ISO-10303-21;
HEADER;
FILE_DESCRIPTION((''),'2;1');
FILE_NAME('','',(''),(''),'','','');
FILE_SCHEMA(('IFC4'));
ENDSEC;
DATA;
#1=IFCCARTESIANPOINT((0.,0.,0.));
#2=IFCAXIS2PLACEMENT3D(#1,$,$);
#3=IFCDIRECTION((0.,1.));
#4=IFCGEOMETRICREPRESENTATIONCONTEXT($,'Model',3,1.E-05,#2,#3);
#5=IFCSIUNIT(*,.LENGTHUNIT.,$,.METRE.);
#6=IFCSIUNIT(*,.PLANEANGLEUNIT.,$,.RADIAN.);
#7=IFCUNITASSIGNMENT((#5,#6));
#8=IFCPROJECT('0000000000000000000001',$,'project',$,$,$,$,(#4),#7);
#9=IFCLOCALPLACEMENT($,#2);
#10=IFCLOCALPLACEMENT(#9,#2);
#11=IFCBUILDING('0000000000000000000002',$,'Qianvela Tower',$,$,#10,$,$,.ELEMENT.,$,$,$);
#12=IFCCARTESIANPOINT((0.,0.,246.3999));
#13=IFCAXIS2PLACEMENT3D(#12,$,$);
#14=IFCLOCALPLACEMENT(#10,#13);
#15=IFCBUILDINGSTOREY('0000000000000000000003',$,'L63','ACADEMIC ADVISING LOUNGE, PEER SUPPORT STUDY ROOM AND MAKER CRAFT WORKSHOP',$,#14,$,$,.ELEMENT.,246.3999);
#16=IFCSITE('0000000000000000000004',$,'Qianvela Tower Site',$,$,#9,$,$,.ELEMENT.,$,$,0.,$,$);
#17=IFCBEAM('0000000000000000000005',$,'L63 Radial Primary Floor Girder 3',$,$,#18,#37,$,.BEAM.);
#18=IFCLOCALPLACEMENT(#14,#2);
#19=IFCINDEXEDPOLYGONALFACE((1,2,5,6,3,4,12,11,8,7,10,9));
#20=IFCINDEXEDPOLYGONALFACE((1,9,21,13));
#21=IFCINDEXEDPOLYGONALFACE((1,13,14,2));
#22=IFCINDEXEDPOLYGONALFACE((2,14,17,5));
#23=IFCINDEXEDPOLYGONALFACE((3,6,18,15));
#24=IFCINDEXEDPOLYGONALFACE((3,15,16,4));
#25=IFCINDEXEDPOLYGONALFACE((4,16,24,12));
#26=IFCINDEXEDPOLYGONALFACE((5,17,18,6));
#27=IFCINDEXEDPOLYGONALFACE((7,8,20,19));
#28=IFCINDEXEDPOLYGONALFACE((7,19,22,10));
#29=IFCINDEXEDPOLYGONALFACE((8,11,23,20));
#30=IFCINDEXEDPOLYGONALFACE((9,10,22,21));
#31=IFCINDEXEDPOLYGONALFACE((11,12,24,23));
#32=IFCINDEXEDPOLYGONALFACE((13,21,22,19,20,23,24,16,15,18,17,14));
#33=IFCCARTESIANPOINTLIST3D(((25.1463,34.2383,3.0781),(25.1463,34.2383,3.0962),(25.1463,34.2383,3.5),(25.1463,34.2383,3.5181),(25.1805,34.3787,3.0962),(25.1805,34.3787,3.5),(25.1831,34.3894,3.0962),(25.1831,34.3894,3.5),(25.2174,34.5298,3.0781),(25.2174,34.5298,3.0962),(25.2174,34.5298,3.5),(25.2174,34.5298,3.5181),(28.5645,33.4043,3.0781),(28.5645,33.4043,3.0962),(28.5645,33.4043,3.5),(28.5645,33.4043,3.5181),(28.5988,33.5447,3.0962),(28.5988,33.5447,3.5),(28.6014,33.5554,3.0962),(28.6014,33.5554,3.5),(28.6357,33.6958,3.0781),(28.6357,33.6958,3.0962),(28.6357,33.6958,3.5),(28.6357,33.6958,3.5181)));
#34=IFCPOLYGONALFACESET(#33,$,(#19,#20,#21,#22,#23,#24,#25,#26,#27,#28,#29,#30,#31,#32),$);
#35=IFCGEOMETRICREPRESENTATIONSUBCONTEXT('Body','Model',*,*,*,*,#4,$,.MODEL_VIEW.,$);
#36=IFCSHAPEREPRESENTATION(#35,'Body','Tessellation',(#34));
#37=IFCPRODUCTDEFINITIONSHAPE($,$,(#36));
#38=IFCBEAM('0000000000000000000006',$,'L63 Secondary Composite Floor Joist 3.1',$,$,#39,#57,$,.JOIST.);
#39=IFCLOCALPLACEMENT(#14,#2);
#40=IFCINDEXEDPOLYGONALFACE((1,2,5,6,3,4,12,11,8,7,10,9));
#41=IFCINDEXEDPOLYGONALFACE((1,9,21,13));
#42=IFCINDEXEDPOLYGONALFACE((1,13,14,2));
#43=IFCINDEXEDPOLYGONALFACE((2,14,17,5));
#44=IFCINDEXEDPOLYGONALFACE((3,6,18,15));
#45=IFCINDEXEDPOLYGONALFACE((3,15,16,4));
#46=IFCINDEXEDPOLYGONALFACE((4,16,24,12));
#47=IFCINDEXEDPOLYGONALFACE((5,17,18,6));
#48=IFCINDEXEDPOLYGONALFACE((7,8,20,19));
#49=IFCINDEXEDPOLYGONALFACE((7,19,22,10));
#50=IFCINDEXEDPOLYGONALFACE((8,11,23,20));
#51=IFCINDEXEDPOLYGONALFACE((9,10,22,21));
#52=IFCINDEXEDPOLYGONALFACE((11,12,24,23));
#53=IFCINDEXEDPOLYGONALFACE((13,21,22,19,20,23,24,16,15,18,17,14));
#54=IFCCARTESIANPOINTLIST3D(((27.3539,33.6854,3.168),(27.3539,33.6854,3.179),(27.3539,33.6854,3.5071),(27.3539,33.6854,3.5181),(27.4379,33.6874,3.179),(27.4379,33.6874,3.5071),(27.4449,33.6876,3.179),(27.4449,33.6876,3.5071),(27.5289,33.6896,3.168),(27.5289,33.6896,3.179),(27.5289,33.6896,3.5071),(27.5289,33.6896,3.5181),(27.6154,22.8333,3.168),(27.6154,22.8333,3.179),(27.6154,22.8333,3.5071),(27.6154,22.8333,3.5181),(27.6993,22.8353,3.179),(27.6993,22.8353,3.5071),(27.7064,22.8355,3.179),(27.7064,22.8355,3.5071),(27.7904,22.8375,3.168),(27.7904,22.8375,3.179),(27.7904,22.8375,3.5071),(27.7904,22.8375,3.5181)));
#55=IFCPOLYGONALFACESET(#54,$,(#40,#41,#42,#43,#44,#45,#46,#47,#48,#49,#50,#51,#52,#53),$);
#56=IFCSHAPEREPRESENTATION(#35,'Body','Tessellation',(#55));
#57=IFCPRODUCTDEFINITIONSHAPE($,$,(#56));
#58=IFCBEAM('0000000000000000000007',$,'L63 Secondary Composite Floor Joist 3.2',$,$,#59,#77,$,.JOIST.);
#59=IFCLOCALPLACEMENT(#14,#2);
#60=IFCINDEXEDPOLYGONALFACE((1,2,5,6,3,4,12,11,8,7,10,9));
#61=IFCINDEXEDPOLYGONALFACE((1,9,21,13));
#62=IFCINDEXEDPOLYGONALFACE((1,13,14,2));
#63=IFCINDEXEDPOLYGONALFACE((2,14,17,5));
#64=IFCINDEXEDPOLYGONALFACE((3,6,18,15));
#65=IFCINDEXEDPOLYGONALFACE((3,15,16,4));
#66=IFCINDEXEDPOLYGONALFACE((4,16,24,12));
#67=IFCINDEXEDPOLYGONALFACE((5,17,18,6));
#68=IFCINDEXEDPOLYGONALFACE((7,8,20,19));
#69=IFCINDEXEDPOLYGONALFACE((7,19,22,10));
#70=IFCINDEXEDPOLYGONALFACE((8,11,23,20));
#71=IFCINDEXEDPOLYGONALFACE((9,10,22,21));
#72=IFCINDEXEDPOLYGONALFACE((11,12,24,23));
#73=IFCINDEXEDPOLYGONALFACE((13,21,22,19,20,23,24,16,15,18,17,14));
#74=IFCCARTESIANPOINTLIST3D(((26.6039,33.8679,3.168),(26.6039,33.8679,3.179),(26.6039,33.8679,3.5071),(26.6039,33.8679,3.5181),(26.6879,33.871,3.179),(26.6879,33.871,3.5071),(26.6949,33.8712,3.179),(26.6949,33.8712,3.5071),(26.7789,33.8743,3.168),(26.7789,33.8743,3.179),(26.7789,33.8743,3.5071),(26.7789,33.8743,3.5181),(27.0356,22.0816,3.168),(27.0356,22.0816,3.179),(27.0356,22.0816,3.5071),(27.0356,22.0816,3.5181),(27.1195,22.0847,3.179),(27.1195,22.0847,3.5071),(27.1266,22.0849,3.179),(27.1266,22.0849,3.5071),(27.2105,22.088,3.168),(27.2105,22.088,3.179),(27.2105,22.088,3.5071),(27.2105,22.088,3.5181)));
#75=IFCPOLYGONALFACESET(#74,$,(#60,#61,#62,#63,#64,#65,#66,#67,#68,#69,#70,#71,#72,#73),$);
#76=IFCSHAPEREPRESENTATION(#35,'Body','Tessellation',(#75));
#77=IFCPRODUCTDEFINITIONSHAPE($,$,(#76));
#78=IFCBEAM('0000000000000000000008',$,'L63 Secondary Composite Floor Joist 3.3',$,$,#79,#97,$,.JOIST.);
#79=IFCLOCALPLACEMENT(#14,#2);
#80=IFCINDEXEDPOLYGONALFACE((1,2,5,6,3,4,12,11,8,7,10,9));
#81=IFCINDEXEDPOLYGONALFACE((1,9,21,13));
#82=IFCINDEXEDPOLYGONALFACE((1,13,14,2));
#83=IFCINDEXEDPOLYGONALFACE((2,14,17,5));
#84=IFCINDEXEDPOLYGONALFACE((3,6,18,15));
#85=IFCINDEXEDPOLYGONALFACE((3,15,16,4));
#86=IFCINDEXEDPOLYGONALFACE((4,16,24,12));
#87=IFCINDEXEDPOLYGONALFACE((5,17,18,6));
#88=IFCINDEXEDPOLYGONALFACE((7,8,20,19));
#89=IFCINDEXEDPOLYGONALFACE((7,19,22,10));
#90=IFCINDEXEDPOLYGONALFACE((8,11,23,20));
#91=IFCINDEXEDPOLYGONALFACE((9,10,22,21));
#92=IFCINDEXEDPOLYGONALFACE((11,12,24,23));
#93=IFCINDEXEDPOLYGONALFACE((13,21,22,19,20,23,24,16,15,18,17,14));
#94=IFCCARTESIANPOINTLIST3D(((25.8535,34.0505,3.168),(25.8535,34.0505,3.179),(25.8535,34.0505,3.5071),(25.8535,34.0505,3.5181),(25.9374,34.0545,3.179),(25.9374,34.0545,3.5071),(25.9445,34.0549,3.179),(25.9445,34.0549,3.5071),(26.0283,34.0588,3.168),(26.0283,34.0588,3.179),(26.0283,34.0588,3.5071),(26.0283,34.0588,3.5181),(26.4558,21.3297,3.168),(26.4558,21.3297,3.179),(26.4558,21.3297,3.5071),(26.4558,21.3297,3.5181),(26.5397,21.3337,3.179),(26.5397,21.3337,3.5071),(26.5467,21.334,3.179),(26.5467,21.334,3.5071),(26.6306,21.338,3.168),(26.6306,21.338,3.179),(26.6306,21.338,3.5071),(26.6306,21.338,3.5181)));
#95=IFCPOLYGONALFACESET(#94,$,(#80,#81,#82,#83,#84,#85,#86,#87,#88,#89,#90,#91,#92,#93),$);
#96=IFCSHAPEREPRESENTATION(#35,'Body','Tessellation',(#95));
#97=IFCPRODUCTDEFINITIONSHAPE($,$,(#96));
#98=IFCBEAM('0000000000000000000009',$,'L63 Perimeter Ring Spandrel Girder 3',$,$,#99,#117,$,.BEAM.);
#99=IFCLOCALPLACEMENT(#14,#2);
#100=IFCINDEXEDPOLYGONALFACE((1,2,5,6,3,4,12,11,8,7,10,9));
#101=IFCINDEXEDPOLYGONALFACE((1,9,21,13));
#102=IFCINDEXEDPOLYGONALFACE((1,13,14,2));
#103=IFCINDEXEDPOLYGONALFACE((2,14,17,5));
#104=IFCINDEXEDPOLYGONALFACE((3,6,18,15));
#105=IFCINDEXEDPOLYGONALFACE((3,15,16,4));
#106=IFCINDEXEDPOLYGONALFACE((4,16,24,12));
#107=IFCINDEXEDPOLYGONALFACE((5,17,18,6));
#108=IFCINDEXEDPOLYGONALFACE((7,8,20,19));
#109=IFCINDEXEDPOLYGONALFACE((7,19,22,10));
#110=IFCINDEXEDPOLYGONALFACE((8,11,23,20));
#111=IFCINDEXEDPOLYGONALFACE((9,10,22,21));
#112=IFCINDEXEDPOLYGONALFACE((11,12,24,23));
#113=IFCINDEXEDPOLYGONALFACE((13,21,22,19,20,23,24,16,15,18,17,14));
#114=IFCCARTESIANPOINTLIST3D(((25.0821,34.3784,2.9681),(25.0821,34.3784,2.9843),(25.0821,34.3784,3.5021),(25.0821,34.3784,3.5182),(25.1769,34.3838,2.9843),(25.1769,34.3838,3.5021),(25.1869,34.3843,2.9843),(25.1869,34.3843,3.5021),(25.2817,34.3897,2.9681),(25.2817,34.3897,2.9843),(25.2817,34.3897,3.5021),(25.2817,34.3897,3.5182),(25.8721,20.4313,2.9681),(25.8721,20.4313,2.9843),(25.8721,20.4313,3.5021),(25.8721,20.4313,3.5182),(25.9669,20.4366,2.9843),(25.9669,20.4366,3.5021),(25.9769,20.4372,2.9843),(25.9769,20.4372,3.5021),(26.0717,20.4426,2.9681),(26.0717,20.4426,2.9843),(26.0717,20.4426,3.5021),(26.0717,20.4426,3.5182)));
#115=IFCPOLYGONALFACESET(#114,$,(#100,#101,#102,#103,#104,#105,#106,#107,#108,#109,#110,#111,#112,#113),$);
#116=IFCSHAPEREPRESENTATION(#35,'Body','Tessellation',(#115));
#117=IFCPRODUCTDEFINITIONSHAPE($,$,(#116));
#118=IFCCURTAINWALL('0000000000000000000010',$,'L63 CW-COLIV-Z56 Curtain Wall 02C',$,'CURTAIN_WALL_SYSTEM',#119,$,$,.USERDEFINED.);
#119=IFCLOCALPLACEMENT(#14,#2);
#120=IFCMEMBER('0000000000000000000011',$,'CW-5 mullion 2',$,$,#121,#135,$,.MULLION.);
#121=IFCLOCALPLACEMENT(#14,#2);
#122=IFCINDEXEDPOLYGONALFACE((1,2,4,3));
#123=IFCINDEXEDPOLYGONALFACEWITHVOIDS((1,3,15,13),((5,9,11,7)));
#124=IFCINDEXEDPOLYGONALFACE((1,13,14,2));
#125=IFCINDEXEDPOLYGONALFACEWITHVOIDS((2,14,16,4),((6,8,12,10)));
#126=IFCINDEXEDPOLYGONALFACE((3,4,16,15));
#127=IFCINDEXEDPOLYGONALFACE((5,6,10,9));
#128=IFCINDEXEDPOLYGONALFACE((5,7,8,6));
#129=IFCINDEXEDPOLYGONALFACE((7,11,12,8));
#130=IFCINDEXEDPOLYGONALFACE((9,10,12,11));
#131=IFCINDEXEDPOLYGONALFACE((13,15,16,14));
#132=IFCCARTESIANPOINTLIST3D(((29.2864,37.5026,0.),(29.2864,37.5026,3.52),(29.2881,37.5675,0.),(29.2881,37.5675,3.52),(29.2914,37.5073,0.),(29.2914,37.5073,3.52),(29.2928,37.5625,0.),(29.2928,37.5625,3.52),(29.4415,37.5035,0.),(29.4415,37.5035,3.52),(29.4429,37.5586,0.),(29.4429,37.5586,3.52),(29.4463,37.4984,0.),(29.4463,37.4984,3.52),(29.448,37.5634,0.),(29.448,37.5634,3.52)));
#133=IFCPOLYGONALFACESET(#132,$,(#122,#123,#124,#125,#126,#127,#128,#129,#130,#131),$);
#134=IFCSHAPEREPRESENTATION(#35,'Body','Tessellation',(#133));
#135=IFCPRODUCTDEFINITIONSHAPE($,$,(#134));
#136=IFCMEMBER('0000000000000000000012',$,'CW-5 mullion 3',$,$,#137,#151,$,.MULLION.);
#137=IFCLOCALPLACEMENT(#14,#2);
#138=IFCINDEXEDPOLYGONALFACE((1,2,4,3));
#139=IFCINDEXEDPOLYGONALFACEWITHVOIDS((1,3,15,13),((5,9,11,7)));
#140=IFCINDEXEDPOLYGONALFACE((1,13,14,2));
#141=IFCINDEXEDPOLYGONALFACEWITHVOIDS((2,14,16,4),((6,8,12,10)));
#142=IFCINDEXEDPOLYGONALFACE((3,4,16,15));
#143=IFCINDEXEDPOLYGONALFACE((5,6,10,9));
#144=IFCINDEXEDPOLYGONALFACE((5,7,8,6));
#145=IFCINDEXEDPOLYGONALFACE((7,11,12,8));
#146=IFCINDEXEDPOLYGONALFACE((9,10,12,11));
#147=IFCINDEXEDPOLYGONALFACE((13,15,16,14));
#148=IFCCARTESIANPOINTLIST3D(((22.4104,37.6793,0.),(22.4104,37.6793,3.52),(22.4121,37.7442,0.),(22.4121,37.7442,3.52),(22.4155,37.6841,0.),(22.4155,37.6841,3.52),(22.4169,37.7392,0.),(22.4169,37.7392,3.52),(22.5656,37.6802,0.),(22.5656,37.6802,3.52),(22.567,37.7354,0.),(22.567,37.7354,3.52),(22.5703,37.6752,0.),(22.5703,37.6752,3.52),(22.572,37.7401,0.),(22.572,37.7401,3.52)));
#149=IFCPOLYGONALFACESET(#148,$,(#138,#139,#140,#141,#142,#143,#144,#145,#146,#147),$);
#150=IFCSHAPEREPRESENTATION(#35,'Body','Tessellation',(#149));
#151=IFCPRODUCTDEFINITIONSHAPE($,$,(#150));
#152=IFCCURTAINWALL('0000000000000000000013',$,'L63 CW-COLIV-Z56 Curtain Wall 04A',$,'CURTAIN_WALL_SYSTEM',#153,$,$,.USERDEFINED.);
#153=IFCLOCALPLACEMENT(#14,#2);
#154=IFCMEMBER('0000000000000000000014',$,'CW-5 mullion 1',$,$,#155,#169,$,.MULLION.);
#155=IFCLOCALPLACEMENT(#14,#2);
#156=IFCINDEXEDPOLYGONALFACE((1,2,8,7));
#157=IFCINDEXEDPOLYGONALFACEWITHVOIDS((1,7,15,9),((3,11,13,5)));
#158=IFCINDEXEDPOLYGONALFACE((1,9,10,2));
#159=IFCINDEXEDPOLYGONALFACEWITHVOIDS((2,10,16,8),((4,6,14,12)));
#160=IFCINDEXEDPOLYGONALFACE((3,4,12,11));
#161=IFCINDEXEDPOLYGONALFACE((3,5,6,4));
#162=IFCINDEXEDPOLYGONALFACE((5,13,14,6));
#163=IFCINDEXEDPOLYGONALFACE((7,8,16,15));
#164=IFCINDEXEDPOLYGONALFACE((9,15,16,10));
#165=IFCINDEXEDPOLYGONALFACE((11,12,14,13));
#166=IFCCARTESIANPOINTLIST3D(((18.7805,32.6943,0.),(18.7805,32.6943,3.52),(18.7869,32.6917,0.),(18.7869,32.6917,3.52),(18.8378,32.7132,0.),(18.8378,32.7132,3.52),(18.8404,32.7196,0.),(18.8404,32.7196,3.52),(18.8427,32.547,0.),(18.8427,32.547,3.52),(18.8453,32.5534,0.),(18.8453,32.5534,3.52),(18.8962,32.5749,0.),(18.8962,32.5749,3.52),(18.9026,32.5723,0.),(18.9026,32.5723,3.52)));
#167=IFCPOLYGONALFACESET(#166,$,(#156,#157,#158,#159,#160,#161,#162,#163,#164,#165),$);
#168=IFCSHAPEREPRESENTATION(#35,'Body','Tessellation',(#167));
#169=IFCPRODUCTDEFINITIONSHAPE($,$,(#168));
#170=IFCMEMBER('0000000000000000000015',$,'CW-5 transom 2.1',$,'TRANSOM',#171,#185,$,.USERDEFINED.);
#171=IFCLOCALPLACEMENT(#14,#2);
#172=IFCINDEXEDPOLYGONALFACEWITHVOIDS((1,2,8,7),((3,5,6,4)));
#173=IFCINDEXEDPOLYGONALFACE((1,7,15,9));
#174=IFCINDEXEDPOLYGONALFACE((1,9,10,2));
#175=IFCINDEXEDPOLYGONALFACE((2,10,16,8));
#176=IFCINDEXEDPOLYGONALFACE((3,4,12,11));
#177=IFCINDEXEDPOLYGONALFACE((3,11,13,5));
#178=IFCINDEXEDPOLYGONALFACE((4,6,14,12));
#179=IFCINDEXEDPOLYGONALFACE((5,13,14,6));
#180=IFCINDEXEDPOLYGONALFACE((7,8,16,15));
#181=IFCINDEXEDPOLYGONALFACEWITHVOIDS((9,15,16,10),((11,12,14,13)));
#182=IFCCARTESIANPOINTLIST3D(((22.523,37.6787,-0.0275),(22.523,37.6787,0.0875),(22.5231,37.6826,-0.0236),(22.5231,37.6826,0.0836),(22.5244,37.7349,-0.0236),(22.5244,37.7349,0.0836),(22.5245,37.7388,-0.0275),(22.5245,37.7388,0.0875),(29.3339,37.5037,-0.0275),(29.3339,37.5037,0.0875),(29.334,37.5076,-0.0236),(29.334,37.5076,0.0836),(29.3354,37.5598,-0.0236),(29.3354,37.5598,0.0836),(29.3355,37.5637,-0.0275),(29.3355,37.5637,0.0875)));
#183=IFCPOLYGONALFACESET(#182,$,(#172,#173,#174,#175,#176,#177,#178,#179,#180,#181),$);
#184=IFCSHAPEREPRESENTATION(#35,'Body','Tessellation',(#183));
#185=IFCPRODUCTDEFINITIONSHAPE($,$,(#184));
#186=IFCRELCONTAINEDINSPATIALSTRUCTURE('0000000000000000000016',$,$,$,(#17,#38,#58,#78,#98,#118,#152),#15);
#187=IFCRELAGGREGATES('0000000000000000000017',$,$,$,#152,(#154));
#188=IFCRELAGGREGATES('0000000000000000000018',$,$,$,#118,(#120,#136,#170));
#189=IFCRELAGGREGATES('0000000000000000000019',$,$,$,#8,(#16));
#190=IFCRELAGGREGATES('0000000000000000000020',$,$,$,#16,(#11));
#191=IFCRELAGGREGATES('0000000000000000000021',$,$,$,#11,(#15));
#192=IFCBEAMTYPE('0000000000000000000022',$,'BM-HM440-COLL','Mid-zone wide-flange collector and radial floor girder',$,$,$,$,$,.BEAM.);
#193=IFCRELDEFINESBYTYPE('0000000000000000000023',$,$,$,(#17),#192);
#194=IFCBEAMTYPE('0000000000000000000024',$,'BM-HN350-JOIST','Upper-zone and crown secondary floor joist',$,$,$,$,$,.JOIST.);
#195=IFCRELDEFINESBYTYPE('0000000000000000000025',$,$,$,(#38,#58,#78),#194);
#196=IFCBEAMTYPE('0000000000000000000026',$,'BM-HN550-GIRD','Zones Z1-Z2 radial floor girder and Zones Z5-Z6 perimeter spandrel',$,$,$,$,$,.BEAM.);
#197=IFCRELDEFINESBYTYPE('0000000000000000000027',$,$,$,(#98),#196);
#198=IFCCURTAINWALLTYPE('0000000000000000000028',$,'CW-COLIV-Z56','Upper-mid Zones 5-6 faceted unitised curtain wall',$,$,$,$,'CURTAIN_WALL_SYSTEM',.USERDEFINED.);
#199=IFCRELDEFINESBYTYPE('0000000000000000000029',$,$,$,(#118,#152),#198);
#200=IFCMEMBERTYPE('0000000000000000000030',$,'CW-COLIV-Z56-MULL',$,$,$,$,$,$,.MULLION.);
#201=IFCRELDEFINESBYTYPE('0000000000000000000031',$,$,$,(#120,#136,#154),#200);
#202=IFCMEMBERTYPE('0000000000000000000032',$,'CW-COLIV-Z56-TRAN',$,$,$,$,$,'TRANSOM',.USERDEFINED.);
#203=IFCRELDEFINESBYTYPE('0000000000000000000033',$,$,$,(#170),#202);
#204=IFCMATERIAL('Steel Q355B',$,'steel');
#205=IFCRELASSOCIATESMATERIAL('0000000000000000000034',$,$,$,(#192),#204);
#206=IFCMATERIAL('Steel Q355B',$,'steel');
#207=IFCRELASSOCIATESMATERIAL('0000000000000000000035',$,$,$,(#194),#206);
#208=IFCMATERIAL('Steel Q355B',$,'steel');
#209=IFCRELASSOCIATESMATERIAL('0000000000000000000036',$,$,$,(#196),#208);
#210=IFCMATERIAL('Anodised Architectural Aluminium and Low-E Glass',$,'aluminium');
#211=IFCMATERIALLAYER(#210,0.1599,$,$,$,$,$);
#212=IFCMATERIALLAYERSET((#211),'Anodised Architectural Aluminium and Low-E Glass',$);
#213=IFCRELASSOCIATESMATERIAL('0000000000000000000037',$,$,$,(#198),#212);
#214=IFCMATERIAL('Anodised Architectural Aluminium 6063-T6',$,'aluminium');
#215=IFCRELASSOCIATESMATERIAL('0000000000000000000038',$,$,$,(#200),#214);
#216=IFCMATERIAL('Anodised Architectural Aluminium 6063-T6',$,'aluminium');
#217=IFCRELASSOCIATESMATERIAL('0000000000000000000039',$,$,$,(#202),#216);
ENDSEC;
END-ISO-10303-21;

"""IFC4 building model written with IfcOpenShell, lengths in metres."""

from ifc_helpers import new_model, si_unit, direction, frame, origin, origin_2d, place, context, subcontext, project, spatial, hollow_rectangle, i_section, extrude, material, layer, layer_set, material_profile, profile_set, type_object, element, aggregate, save


model = new_model("IFC4")

# Units and contexts
model_context = context("Model", 3, precision=1e-05, world=origin(), true_north=direction((0.0, 1.0)))
body_context = subcontext(model_context, "Body", "Model", "MODEL_VIEW")
ifc_project = project(units=[si_unit("LENGTHUNIT", "METRE"), si_unit("PLANEANGLEUNIT", "RADIAN")], contexts=[model_context])

# Site, building, storey
site_placement = place(None, origin())
site = spatial("IfcSite", under=ifc_project, at=site_placement, Name="Qianvela Tower Site", CompositionType="ELEMENT", RefElevation=0.0)
building_placement = place(site_placement, origin())
building = spatial("IfcBuilding", under=site, at=building_placement, Name="Qianvela Tower", CompositionType="ELEMENT")
storey_placement = place(building_placement, frame((0.0, 0.0, 246.3999)))
storey = spatial("IfcBuildingStorey", under=building, at=storey_placement, Name="L63", Description="ACADEMIC ADVISING LOUNGE, PEER SUPPORT STUDY ROOM AND MAKER CRAFT WORKSHOP", CompositionType="ELEMENT", Elevation=246.3999)

# Beams
ifc_material_1 = material(Name="Steel Q355B", Category="steel")
ifc_material_profile_1 = material_profile(ifc_material_1, i_section(OverallWidth=0.3, OverallDepth=0.4399, WebThickness=0.011, FlangeThickness=0.0181, at=origin_2d()), Name="HM440x300x11x18")
ifc_profile_set_1 = profile_set([ifc_material_profile_1], Name="Steel Q355B")
beam_type_1 = type_object("IfcBeamType", Name="BM-HM440-COLL", Description="Mid-zone wide-flange collector and radial floor girder", PredefinedType="BEAM", material=ifc_profile_set_1)
beam_1_placement = place(storey_placement, frame((28.6001, 33.55, 3.2981), z_axis=(-0.971502, 0.23703, 0.0), x_axis=(-0.23703, -0.971502, 0.0)))
element("IfcBeam", 1, at=beam_1_placement, inside=storey, type_object=beam_type_1, Name="L63 Radial Primary Floor Girder 3", PredefinedType="BEAM", context=body_context, shape_type="SweptSolid", body=[
    extrude(i_section(OverallWidth=0.3, OverallDepth=0.4399, WebThickness=0.011, FlangeThickness=0.0181, at=origin_2d()), origin(), (0.0, 0.0, 1.0), 3.5186),
])
ifc_material_2 = material(Name="Steel Q355B", Category="steel")
ifc_material_profile_2 = material_profile(ifc_material_2, i_section(OverallWidth=0.175, OverallDepth=0.3501, WebThickness=0.0071, FlangeThickness=0.011, at=origin_2d()), Name="HN350x175x7x11")
ifc_profile_set_2 = profile_set([ifc_material_profile_2], Name="Steel Q355B")
beam_type_2 = type_object("IfcBeamType", Name="BM-HN350-JOIST", Description="Upper-zone and crown secondary floor joist", PredefinedType="JOIST", material=ifc_profile_set_2)
beam_2_placement = place(storey_placement, frame((27.4414, 33.6875, 3.343), z_axis=(0.024087, -0.99971, 0.0), x_axis=(0.99971, 0.024087, 0.0)))
element("IfcBeam", 2, at=beam_2_placement, inside=storey, type_object=beam_type_2, Name="L63 Secondary Composite Floor Joist 3.1", PredefinedType="JOIST", context=body_context, shape_type="SweptSolid", body=[
    extrude(i_section(OverallWidth=0.175, OverallDepth=0.3501, WebThickness=0.0071, FlangeThickness=0.011, at=origin_2d()), origin(), (0.0, 0.0, 1.0), 10.8552),
])
beam_3_placement = place(storey_placement, frame((26.6914, 33.8711, 3.343), z_axis=(0.036597, -0.99933, 0.0), x_axis=(0.99933, 0.036597, 0.0)))
element("IfcBeam", 3, at=beam_3_placement, inside=storey, type_object=beam_type_2, Name="L63 Secondary Composite Floor Joist 3.2", PredefinedType="JOIST", context=body_context, shape_type="SweptSolid", body=[
    extrude(i_section(OverallWidth=0.175, OverallDepth=0.3501, WebThickness=0.0071, FlangeThickness=0.011, at=origin_2d()), origin(), (0.0, 0.0, 1.0), 11.7942),
])
beam_4_placement = place(storey_placement, frame((25.9409, 34.0547, 3.343), z_axis=(0.047294, -0.998881, 0.0), x_axis=(0.998881, 0.047294, 0.0)))
element("IfcBeam", 4, at=beam_4_placement, inside=storey, type_object=beam_type_2, Name="L63 Secondary Composite Floor Joist 3.3", PredefinedType="JOIST", context=body_context, shape_type="SweptSolid", body=[
    extrude(i_section(OverallWidth=0.175, OverallDepth=0.3501, WebThickness=0.0071, FlangeThickness=0.011, at=origin_2d()), origin(), (0.0, 0.0, 1.0), 12.7351),
])
ifc_material_3 = material(Name="Steel Q355B", Category="steel")
ifc_material_profile_3 = material_profile(ifc_material_3, i_section(OverallWidth=0.2, OverallDepth=0.55, WebThickness=0.01, FlangeThickness=0.0161, at=origin_2d()), Name="HN550x200x10x16")
ifc_profile_set_3 = profile_set([ifc_material_profile_3], Name="Steel Q355B")
beam_type_3 = type_object("IfcBeamType", Name="BM-HN550-GIRD", Description="Zones Z1-Z2 radial floor girder and Zones Z5-Z6 perimeter spandrel", PredefinedType="BEAM", material=ifc_profile_set_3)
beam_5_placement = place(storey_placement, frame((25.1819, 34.384, 3.2432), z_axis=(0.056555, -0.998399, 0.0), x_axis=(0.998399, 0.056555, 0.0)))
element("IfcBeam", 5, at=beam_5_placement, inside=storey, type_object=beam_type_3, Name="L63 Perimeter Ring Spandrel Girder 3", PredefinedType="BEAM", context=body_context, shape_type="SweptSolid", body=[
    extrude(i_section(OverallWidth=0.2, OverallDepth=0.55, WebThickness=0.01, FlangeThickness=0.0161, at=origin_2d()), origin(), (0.0, 0.0, 1.0), 13.9695),
])

# Curtain wall, members
ifc_material_4 = material(Name="Anodised Architectural Aluminium and Low-E Glass", Category="aluminium")
ifc_layer_1 = layer(ifc_material_4, 0.1599)
ifc_layer_set_1 = layer_set([ifc_layer_1], Name="Anodised Architectural Aluminium and Low-E Glass")
curtain_wall_type = type_object("IfcCurtainWallType", Name="CW-COLIV-Z56", Description="Upper-mid Zones 5-6 faceted unitised curtain wall", ElementType="CURTAIN_WALL_SYSTEM", PredefinedType="USERDEFINED", material=ifc_layer_set_1)
curtain_wall_1_placement = place(storey_placement, origin())
curtain_wall_1 = element("IfcCurtainWall", 6, at=curtain_wall_1_placement, inside=storey, type_object=curtain_wall_type, Name="L63 CW-COLIV-Z56 Curtain Wall 02C", ObjectType="CURTAIN_WALL_SYSTEM", PredefinedType="USERDEFINED")
ifc_material_5 = material(Name="Anodised Architectural Aluminium 6063-T6", Category="aluminium")
ifc_material_profile_4 = material_profile(ifc_material_5, hollow_rectangle(XDim=0.0649, YDim=0.1599, WallThickness=0.0049, at=origin_2d()), Name="ALU-MULL-65x160")
ifc_profile_set_4 = profile_set([ifc_material_profile_4], Name="Anodised Architectural Aluminium 6063-T6")
member_type_1 = type_object("IfcMemberType", Name="CW-COLIV-Z56-MULL", PredefinedType="MULLION", material=ifc_profile_set_4)
member_1_placement = place(storey_placement, frame((29.3672, 37.533, 0.0), z_axis=(0.0, 0.0, 1.0), x_axis=(-0.025705, -0.99967, 0.0)))
member_1 = element("IfcMember", 7, at=member_1_placement, type_object=member_type_1, Name="CW-5 mullion 2", PredefinedType="MULLION", context=body_context, shape_type="SweptSolid", body=[
    extrude(hollow_rectangle(XDim=0.0649, YDim=0.1599, WallThickness=0.0049, at=origin_2d()), origin(), (0.0, 0.0, 1.0), 3.52),
])
member_2_placement = place(storey_placement, frame((22.4912, 37.7097, 0.0), z_axis=(0.0, 0.0, 1.0), x_axis=(-0.025705, -0.99967, 0.0)))
member_2 = element("IfcMember", 8, at=member_2_placement, type_object=member_type_1, Name="CW-5 mullion 3", PredefinedType="MULLION", context=body_context, shape_type="SweptSolid", body=[
    extrude(hollow_rectangle(XDim=0.0649, YDim=0.1599, WallThickness=0.0049, at=origin_2d()), origin(), (0.0, 0.0, 1.0), 3.52),
])

# Curtain wall, member
curtain_wall_2_placement = place(storey_placement, origin())
curtain_wall_2 = element("IfcCurtainWall", 9, at=curtain_wall_2_placement, inside=storey, type_object=curtain_wall_type, Name="L63 CW-COLIV-Z56 Curtain Wall 04A", ObjectType="CURTAIN_WALL_SYSTEM", PredefinedType="USERDEFINED")
member_3_placement = place(storey_placement, frame((18.8416, 32.6333, 0.0), z_axis=(0.0, 0.0, 1.0), x_axis=(0.921319, 0.388807, 0.0)))
member_3 = element("IfcMember", 10, at=member_3_placement, type_object=member_type_1, Name="CW-5 mullion 1", PredefinedType="MULLION", context=body_context, shape_type="SweptSolid", body=[
    extrude(hollow_rectangle(XDim=0.0649, YDim=0.1599, WallThickness=0.0049, at=origin_2d()), origin(), (0.0, 0.0, 1.0), 3.52),
])

# Member
ifc_material_6 = material(Name="Anodised Architectural Aluminium 6063-T6", Category="aluminium")
ifc_material_profile_5 = material_profile(ifc_material_6, hollow_rectangle(XDim=0.0601, YDim=0.115, WallThickness=0.0039, at=origin_2d()), Name="ALU-TRAN-60x115")
ifc_profile_set_5 = profile_set([ifc_material_profile_5], Name="Anodised Architectural Aluminium 6063-T6")
member_type_2 = type_object("IfcMemberType", Name="CW-COLIV-Z56-TRAN", ElementType="TRANSOM", PredefinedType="USERDEFINED", material=ifc_profile_set_5)
member_4_placement = place(storey_placement, frame((29.3347, 37.5337, 0.03), z_axis=(-0.99967, 0.025692, 0.0), x_axis=(-0.025692, -0.99967, 0.0)))
member_4 = element("IfcMember", 11, at=member_4_placement, type_object=member_type_2, Name="CW-5 transom 2.1", ObjectType="TRANSOM", PredefinedType="USERDEFINED", context=body_context, shape_type="SweptSolid", body=[
    extrude(hollow_rectangle(XDim=0.0601, YDim=0.115, WallThickness=0.0039, at=origin_2d()), origin(), (0.0, 0.0, 1.0), 6.8132),
])
aggregate(curtain_wall_2, [member_3])

aggregate(curtain_wall_1, [member_1, member_2, member_4])

save(model, "model.ifc")
